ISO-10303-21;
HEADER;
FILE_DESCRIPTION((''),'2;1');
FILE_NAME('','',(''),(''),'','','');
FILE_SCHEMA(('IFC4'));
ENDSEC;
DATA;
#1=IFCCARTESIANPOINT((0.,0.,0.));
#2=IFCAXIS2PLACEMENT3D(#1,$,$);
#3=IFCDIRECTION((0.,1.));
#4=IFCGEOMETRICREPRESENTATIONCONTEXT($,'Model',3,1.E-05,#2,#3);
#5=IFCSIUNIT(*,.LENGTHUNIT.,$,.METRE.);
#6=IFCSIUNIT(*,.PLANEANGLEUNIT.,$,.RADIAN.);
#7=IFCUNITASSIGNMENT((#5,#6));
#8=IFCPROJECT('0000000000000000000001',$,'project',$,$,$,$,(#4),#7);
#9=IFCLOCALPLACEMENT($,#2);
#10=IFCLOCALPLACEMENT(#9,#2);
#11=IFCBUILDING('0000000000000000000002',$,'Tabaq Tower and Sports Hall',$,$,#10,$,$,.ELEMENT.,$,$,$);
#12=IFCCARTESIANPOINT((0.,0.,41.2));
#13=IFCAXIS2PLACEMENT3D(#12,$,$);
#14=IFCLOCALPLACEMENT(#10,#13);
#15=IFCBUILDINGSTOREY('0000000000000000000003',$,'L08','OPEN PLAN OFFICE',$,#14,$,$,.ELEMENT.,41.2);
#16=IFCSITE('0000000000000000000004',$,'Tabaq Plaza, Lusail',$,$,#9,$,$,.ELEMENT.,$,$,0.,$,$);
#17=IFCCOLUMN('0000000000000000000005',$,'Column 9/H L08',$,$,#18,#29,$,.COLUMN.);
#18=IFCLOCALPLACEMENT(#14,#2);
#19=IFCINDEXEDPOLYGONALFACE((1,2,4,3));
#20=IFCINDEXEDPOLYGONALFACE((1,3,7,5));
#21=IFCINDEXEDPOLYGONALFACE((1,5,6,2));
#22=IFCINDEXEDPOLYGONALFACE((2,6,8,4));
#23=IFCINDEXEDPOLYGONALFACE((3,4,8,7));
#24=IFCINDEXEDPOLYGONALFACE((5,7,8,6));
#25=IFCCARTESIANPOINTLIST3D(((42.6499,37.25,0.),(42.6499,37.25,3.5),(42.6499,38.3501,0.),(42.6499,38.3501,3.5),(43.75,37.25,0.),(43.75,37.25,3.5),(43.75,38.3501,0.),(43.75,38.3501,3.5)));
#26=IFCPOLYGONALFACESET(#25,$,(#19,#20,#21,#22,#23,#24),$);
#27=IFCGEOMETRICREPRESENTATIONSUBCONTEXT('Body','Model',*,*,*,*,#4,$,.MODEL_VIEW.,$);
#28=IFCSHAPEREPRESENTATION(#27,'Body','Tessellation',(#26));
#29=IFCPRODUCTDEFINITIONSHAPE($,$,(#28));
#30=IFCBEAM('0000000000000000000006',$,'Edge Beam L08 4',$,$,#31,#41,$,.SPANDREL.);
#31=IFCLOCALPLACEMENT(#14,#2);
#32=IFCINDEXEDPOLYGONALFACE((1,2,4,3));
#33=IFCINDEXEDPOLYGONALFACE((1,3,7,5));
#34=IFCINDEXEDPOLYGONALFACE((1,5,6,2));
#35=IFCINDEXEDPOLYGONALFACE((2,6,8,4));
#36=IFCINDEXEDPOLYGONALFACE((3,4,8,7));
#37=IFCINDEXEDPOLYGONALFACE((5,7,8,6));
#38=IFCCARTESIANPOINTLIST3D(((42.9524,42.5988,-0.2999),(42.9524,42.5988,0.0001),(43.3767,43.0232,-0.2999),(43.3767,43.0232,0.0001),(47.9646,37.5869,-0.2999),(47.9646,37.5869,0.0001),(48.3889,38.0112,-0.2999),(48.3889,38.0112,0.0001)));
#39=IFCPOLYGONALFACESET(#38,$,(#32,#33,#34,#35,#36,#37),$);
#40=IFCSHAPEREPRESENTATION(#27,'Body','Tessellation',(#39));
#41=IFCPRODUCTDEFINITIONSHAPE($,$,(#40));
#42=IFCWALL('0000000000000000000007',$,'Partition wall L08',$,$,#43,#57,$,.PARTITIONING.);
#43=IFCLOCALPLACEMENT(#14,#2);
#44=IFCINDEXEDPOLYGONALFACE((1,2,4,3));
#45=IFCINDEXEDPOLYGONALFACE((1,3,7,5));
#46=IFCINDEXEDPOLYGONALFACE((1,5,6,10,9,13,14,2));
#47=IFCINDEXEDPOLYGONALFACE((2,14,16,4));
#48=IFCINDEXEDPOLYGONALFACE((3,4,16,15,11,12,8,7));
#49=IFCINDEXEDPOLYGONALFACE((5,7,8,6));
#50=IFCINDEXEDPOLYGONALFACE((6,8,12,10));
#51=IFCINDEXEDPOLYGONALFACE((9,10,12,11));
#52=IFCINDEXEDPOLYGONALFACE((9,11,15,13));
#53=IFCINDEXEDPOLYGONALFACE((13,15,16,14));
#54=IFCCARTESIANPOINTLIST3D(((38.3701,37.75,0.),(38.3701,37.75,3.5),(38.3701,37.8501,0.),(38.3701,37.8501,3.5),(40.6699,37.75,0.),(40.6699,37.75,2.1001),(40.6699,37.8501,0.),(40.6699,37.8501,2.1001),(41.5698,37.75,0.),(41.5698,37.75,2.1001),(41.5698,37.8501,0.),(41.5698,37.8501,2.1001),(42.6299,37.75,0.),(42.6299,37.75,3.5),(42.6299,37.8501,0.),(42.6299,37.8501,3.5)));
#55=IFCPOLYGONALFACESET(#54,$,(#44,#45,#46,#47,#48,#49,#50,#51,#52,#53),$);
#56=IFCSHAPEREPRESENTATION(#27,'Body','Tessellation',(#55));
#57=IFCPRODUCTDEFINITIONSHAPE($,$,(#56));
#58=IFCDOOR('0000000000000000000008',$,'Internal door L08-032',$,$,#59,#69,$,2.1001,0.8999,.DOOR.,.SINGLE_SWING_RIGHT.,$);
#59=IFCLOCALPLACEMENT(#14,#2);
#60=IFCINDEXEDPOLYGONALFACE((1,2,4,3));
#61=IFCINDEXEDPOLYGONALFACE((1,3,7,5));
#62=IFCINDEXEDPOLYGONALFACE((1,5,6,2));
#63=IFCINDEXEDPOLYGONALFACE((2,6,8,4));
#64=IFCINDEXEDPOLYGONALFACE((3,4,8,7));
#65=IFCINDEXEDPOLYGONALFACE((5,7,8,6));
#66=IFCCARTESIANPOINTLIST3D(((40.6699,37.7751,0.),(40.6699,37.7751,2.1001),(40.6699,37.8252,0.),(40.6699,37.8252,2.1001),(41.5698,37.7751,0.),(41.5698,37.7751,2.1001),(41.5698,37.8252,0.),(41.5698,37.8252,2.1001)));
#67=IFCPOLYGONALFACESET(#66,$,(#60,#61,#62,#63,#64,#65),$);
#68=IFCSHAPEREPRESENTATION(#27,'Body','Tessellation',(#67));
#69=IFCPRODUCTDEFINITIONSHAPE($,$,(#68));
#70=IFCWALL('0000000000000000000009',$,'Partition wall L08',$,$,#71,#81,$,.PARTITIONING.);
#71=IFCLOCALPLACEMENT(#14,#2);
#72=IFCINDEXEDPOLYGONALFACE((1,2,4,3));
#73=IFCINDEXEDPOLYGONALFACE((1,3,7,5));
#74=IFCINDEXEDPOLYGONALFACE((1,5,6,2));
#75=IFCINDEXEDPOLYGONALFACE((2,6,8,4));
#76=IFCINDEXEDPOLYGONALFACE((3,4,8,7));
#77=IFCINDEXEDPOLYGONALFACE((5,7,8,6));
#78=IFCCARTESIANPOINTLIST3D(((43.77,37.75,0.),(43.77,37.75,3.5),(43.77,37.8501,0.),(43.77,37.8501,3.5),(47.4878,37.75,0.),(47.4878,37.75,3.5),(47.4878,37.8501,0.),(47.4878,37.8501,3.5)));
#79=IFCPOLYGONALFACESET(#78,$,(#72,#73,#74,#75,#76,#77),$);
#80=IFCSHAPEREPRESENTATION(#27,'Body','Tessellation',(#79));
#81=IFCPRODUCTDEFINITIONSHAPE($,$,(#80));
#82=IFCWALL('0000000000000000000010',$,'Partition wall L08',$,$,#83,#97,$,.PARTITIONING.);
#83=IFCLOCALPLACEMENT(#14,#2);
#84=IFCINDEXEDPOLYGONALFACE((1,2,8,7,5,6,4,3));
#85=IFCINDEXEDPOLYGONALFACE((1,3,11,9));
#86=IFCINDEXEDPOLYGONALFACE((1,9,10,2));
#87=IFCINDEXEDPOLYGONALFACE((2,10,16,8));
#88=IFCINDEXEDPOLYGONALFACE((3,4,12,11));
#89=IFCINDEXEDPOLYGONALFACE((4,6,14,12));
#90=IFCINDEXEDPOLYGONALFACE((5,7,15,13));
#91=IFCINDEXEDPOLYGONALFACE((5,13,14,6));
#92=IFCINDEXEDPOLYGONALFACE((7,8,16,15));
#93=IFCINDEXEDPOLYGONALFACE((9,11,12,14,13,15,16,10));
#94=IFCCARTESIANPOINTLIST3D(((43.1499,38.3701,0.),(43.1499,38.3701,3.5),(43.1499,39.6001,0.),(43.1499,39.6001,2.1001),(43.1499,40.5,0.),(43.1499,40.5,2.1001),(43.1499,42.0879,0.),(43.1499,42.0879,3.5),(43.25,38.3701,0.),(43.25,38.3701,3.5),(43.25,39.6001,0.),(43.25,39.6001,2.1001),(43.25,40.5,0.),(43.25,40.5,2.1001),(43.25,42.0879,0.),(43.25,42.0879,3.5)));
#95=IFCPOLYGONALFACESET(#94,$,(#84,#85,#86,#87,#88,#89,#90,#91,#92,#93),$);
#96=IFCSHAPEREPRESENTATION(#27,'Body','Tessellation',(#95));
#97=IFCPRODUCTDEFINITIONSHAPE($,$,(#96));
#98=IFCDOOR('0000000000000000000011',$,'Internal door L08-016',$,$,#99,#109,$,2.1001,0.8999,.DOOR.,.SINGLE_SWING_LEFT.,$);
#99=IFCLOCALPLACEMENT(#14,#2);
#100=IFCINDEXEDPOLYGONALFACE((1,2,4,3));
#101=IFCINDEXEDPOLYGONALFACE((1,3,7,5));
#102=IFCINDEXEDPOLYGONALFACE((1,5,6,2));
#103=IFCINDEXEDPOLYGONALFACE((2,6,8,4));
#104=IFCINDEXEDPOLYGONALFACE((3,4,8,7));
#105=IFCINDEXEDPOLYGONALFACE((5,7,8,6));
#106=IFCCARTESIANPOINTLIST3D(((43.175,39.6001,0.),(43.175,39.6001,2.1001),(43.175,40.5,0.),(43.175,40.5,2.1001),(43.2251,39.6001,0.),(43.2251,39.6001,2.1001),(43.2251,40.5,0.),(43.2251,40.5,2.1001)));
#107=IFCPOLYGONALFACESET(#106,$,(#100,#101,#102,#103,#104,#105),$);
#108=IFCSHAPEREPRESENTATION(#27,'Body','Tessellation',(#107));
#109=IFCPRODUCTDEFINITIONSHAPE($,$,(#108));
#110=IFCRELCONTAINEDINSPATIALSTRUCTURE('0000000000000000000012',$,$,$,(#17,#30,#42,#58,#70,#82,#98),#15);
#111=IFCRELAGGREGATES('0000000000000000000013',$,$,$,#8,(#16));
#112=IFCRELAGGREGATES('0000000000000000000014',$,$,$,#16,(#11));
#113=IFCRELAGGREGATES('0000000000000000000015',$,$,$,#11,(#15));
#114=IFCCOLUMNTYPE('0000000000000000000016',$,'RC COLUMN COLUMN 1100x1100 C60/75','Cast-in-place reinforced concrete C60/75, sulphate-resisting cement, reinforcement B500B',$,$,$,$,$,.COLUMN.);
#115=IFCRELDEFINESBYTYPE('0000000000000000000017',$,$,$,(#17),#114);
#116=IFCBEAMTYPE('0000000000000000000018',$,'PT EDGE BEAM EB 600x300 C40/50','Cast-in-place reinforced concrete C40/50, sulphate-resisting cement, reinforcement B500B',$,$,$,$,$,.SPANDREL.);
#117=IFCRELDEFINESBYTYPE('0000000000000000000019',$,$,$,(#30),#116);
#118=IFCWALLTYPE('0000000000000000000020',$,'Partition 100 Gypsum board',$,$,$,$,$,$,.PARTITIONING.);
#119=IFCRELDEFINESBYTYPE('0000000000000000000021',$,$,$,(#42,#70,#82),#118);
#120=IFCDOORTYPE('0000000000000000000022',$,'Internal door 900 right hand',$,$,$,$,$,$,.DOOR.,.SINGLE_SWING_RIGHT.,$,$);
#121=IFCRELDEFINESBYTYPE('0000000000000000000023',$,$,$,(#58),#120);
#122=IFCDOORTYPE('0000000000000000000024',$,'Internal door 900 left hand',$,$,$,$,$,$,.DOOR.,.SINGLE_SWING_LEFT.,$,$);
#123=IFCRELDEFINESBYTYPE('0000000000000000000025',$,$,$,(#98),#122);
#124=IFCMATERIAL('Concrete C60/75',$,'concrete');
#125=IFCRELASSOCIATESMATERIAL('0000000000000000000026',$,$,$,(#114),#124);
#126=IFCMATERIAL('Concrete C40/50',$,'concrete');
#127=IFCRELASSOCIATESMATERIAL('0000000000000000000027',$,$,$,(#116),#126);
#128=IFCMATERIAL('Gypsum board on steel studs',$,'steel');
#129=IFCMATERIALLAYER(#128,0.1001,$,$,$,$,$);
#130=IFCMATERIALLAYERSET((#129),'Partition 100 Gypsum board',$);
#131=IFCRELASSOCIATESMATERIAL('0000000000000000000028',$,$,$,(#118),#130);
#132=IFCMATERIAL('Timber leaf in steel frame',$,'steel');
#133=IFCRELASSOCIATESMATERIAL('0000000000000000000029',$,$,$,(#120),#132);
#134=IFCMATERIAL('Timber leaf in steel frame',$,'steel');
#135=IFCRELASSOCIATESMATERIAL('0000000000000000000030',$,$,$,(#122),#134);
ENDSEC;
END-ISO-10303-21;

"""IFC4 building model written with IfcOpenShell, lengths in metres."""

from ifc_helpers import new_model, si_unit, direction, frame, frame_2d, origin, origin_2d, place, context, subcontext, project, spatial, rectangle, extrude, material, layer, layer_set, material_profile, profile_set, type_object, element, fill, save


model = new_model("IFC4")

# Units and contexts
model_context = context("Model", 3, precision=1e-05, world=origin(), true_north=direction((0.0, 1.0)))
body_context = subcontext(model_context, "Body", "Model", "MODEL_VIEW")
ifc_project = project(units=[si_unit("LENGTHUNIT", "METRE"), si_unit("PLANEANGLEUNIT", "RADIAN")], contexts=[model_context])

# Site, building, storey
site_placement = place(None, origin())
site = spatial("IfcSite", under=ifc_project, at=site_placement, Name="Tabaq Plaza, Lusail", CompositionType="ELEMENT", RefElevation=0.0)
building_placement = place(site_placement, origin())
building = spatial("IfcBuilding", under=site, at=building_placement, Name="Tabaq Tower and Sports Hall", CompositionType="ELEMENT")
storey_placement = place(building_placement, frame((0.0, 0.0, 41.2)))
storey = spatial("IfcBuildingStorey", under=building, at=storey_placement, Name="L08", Description="OPEN PLAN OFFICE", CompositionType="ELEMENT", Elevation=41.2)

# Column
ifc_material_1 = material(Name="Concrete C60/75", Category="concrete")
ifc_material_profile_1 = material_profile(ifc_material_1, rectangle(XDim=1.1001, YDim=1.1001, at=origin_2d()), Name="COLUMN 1100x1100")
ifc_profile_set_1 = profile_set([ifc_material_profile_1], Name="Concrete C60/75")
column_type = type_object("IfcColumnType", Name="RC COLUMN COLUMN 1100x1100 C60/75", Description="Cast-in-place reinforced concrete C60/75, sulphate-resisting cement, reinforcement B500B", PredefinedType="COLUMN", material=ifc_profile_set_1)
column_placement = place(storey_placement, frame((43.2, 37.8, 0.0), z_axis=(0.0, 0.0, 1.0), x_axis=(1.0, 0.0, 0.0)))
element("IfcColumn", 1, at=column_placement, inside=storey, type_object=column_type, Name="Column 9/H L08", PredefinedType="COLUMN", context=body_context, shape_type="SweptSolid", body=[
    extrude(rectangle(XDim=1.1001, YDim=1.1001, at=origin_2d()), origin(), (0.0, 0.0, 1.0), 3.5),
])

# Beam
ifc_material_2 = material(Name="Concrete C40/50", Category="concrete")
ifc_material_profile_2 = material_profile(ifc_material_2, rectangle(XDim=0.6001, YDim=0.3, at=origin_2d()), Name="EB 600x300")
ifc_profile_set_2 = profile_set([ifc_material_profile_2], Name="Concrete C40/50")
beam_type = type_object("IfcBeamType", Name="PT EDGE BEAM EB 600x300 C40/50", Description="Cast-in-place reinforced concrete C40/50, sulphate-resisting cement, reinforcement B500B", PredefinedType="SPANDREL", material=ifc_profile_set_2)
beam_placement = place(storey_placement, frame((48.1768, 37.7991, -0.1499), z_axis=(-0.707124, 0.70709, 0.0), x_axis=(-0.70709, -0.707124, 0.0)))
element("IfcBeam", 2, at=beam_placement, inside=storey, type_object=beam_type, Name="Edge Beam L08 4", PredefinedType="SPANDREL", context=body_context, shape_type="SweptSolid", body=[
    extrude(rectangle(XDim=0.6001, YDim=0.3, at=origin_2d()), origin(), (0.0, 0.0, 1.0), 7.0881),
])

# Wall, opening, door
ifc_material_3 = material(Name="Gypsum board on steel studs", Category="steel")
ifc_layer_1 = layer(ifc_material_3, 0.1001)
ifc_layer_set_1 = layer_set([ifc_layer_1], Name="Partition 100 Gypsum board")
wall_type_1 = type_object("IfcWallType", Name="Partition 100 Gypsum board", PredefinedType="PARTITIONING", material=ifc_layer_set_1)
wall_1_placement = place(storey_placement, frame((42.6299, 37.8, 0.0), z_axis=(0.0, 0.0, 1.0), x_axis=(-1.0, 0.0, 0.0)))
wall_1 = element("IfcWall", 3, at=wall_1_placement, inside=storey, type_object=wall_type_1, Name="Partition wall L08", PredefinedType="PARTITIONING", context=body_context, shape_type="SweptSolid", body=[
    extrude(rectangle(XDim=4.2598, YDim=0.1001, at=frame_2d((2.1299, 0.0))), origin(), (0.0, 0.0, 1.0), 3.5),
])
opening_1_placement = place(wall_1_placement, frame((1.0601, 0.0, 0.0)))
opening_1 = element("IfcOpeningElement", 4, at=opening_1_placement, cuts=wall_1, PredefinedType="OPENING", context=body_context, shape_type="SweptSolid", body=[
    extrude(rectangle(XDim=0.8999, YDim=2.1001, at=frame_2d((0.45, 1.05))), frame((0.0, 0.05, 0.0), z_axis=(0.0, -1.0, 0.0), x_axis=(1.0, 0.0, 0.0)), (0.0, 0.0, 1.0), 0.1001),
])
ifc_material_4 = material(Name="Timber leaf in steel frame", Category="steel")
door_type_1 = type_object("IfcDoorType", Name="Internal door 900 right hand", OperationType="SINGLE_SWING_RIGHT", PredefinedType="DOOR", material=ifc_material_4)
door_1_placement = place(opening_1_placement, origin())
door_1 = element("IfcDoor", 5, at=door_1_placement, inside=storey, type_object=door_type_1, Name="Internal door L08-032", OperationType="SINGLE_SWING_RIGHT", OverallHeight=2.1001, OverallWidth=0.8999, PredefinedType="DOOR", context=body_context, shape_type="SweptSolid", body=[
    extrude(rectangle(XDim=0.8999, YDim=2.1001, at=frame_2d((0.45, 1.05))), frame((0.0, 0.0249, 0.0), z_axis=(0.0, -1.0, 0.0), x_axis=(1.0, 0.0, 0.0)), (0.0, 0.0, 1.0), 0.05),
])
fill(opening_1, door_1)

# Wall
wall_2_placement = place(storey_placement, frame((47.4878, 37.8, 0.0), z_axis=(0.0, 0.0, 1.0), x_axis=(-1.0, 0.0, 0.0)))
element("IfcWall", 6, at=wall_2_placement, inside=storey, type_object=wall_type_1, Name="Partition wall L08", PredefinedType="PARTITIONING", context=body_context, shape_type="SweptSolid", body=[
    extrude(rectangle(XDim=3.7178, YDim=0.1001, at=frame_2d((1.8589, 0.0))), origin(), (0.0, 0.0, 1.0), 3.5),
])

# Wall, opening, door
wall_3_placement = place(storey_placement, frame((43.2, 38.3701, 0.0), z_axis=(0.0, 0.0, 1.0), x_axis=(0.0, 1.0, 0.0)))
wall_3 = element("IfcWall", 7, at=wall_3_placement, inside=storey, type_object=wall_type_1, Name="Partition wall L08", PredefinedType="PARTITIONING", context=body_context, shape_type="SweptSolid", body=[
    extrude(rectangle(XDim=3.7178, YDim=0.1001, at=frame_2d((1.8589, 0.0))), origin(), (0.0, 0.0, 1.0), 3.5),
])
opening_2_placement = place(wall_3_placement, frame((1.23, 0.0, 0.0)))
opening_2 = element("IfcOpeningElement", 8, at=opening_2_placement, cuts=wall_3, PredefinedType="OPENING", context=body_context, shape_type="SweptSolid", body=[
    extrude(rectangle(XDim=0.8999, YDim=2.1001, at=frame_2d((0.45, 1.05))), frame((0.0, 0.05, 0.0), z_axis=(0.0, -1.0, 0.0), x_axis=(1.0, 0.0, 0.0)), (0.0, 0.0, 1.0), 0.1001),
])
ifc_material_5 = material(Name="Timber leaf in steel frame", Category="steel")
door_type_2 = type_object("IfcDoorType", Name="Internal door 900 left hand", OperationType="SINGLE_SWING_LEFT", PredefinedType="DOOR", material=ifc_material_5)
door_2_placement = place(opening_2_placement, origin())
door_2 = element("IfcDoor", 9, at=door_2_placement, inside=storey, type_object=door_type_2, Name="Internal door L08-016", OperationType="SINGLE_SWING_LEFT", OverallHeight=2.1001, OverallWidth=0.8999, PredefinedType="DOOR", context=body_context, shape_type="SweptSolid", body=[
    extrude(rectangle(XDim=0.8999, YDim=2.1001, at=frame_2d((0.45, 1.05))), frame((0.0, 0.0249, 0.0), z_axis=(0.0, -1.0, 0.0), x_axis=(1.0, 0.0, 0.0)), (0.0, 0.0, 1.0), 0.05),
])
fill(opening_2, door_2)

save(model, "model.ifc")
